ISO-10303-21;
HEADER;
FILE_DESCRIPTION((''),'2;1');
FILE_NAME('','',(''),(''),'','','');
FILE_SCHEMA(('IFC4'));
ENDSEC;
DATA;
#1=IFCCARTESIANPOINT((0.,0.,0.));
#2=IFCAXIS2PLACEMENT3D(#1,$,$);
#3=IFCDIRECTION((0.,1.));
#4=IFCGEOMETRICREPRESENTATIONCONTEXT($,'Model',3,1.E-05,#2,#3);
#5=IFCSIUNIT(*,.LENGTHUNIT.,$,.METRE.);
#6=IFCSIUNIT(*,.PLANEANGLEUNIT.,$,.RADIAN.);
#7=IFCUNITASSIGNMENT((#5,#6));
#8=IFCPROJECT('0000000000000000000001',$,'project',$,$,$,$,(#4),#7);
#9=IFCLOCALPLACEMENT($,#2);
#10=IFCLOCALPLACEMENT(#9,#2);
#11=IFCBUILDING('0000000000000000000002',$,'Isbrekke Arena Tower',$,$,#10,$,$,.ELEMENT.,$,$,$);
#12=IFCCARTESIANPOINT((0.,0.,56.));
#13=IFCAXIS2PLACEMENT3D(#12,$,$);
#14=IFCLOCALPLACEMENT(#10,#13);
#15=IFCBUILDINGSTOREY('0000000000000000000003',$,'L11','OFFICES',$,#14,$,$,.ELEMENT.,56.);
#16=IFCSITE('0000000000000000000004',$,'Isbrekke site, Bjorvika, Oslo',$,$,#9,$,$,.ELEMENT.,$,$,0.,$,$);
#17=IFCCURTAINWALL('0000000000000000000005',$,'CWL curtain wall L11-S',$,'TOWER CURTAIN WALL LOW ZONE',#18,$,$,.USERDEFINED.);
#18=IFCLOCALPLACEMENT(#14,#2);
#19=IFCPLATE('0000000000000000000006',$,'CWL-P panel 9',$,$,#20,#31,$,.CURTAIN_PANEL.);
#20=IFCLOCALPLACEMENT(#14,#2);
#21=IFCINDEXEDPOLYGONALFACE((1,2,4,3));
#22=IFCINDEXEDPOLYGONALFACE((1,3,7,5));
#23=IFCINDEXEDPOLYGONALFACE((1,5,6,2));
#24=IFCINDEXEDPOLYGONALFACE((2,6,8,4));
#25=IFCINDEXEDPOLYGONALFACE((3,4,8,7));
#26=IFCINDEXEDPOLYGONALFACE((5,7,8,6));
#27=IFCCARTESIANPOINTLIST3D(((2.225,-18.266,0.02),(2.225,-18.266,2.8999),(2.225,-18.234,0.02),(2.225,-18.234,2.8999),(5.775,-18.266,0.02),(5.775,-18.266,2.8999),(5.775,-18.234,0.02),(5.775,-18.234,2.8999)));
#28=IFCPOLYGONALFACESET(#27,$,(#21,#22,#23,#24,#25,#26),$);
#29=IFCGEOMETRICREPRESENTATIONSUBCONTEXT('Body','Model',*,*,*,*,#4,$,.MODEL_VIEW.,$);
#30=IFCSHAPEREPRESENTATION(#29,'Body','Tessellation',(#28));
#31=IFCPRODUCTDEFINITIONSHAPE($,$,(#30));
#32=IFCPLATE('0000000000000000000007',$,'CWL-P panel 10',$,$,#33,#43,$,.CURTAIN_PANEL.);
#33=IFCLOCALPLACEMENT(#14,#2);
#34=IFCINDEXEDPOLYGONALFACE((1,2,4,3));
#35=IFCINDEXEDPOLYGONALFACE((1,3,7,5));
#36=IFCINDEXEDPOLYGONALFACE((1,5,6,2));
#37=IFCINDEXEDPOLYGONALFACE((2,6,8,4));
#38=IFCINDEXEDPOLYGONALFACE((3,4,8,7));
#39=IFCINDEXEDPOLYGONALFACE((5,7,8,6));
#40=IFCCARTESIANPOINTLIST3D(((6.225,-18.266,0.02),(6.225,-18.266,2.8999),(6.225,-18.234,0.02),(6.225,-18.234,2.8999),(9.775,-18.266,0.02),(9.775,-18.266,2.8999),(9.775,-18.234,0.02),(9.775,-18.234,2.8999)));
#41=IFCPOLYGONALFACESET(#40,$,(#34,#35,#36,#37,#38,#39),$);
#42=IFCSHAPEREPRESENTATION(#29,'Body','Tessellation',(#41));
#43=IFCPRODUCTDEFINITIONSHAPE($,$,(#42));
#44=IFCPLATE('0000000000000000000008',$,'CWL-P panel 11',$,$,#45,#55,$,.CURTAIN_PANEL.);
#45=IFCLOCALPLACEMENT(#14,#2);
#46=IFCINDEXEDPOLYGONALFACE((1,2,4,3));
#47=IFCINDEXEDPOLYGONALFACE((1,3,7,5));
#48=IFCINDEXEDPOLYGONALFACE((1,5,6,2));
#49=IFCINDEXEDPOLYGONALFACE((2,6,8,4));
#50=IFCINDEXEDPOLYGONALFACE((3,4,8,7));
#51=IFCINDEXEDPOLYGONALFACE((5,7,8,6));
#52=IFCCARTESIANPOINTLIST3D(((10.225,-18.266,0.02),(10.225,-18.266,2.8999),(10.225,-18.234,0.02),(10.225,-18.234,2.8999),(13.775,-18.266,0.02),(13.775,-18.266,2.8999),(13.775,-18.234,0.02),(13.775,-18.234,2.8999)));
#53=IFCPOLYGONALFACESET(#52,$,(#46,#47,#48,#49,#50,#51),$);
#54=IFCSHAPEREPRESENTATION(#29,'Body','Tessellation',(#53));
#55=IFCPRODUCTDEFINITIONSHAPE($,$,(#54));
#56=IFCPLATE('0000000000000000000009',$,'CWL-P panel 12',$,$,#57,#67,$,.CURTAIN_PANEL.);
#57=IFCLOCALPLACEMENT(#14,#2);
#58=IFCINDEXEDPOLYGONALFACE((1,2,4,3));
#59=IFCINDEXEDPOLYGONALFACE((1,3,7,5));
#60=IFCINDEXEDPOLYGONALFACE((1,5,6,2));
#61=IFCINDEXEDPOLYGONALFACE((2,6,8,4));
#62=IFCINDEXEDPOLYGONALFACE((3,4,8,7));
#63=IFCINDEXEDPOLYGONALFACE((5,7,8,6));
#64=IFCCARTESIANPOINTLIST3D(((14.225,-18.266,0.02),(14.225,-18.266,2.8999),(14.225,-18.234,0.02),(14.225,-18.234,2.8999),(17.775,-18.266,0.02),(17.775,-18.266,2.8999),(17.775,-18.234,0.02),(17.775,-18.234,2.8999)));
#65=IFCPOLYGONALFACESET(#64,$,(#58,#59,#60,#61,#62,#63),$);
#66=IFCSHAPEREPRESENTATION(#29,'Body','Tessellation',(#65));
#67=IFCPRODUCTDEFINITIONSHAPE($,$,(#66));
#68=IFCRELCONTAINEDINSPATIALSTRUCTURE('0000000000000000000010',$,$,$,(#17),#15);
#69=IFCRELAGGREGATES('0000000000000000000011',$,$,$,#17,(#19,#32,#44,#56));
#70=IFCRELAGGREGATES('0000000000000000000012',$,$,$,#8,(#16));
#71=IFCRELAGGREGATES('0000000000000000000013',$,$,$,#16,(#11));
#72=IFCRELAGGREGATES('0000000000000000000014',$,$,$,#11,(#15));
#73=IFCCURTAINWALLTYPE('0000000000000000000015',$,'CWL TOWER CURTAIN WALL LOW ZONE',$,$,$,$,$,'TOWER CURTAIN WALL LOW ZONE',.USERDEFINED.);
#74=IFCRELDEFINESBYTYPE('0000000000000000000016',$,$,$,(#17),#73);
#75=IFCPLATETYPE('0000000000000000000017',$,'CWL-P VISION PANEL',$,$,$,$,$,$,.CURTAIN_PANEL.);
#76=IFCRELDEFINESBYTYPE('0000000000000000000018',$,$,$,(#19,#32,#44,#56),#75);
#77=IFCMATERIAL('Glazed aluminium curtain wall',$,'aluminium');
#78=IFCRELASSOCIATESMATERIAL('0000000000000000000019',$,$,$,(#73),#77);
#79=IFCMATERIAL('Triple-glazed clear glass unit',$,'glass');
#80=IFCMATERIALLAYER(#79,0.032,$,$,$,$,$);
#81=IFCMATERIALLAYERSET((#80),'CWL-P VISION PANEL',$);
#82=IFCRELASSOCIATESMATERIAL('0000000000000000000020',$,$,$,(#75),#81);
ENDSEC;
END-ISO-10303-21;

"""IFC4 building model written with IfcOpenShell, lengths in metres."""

from ifc_helpers import new_model, si_unit, direction, frame, origin, origin_2d, place, context, subcontext, project, spatial, rectangle, extrude, material, layer, layer_set, type_object, element, aggregate, save


model = new_model("IFC4")

# Units and contexts
model_context = context("Model", 3, precision=1e-05, world=origin(), true_north=direction((0.0, 1.0)))
body_context = subcontext(model_context, "Body", "Model", "MODEL_VIEW")
ifc_project = project(units=[si_unit("LENGTHUNIT", "METRE"), si_unit("PLANEANGLEUNIT", "RADIAN")], contexts=[model_context])

# Site, building, storey
site_placement = place(None, origin())
site = spatial("IfcSite", under=ifc_project, at=site_placement, Name="Isbrekke site, Bjorvika, Oslo", CompositionType="ELEMENT", RefElevation=0.0)
building_placement = place(site_placement, origin())
building = spatial("IfcBuilding", under=site, at=building_placement, Name="Isbrekke Arena Tower", CompositionType="ELEMENT")
storey_placement = place(building_placement, frame((0.0, 0.0, 56.0)))
storey = spatial("IfcBuildingStorey", under=building, at=storey_placement, Name="L11", Description="OFFICES", CompositionType="ELEMENT", Elevation=56.0)

# Curtain wall
ifc_material_1 = material(Name="Glazed aluminium curtain wall", Category="aluminium")
curtain_wall_type = type_object("IfcCurtainWallType", Name="CWL TOWER CURTAIN WALL LOW ZONE", ElementType="TOWER CURTAIN WALL LOW ZONE", PredefinedType="USERDEFINED", material=ifc_material_1)
curtain_wall_placement = place(storey_placement, origin())
curtain_wall = element("IfcCurtainWall", 1, at=curtain_wall_placement, inside=storey, type_object=curtain_wall_type, Name="CWL curtain wall L11-S", ObjectType="TOWER CURTAIN WALL LOW ZONE", PredefinedType="USERDEFINED")

# Plates
ifc_material_2 = material(Name="Triple-glazed clear glass unit", Category="glass")
ifc_layer = layer(ifc_material_2, 0.032)
ifc_layer_set = layer_set([ifc_layer], Name="CWL-P VISION PANEL")
plate_type = type_object("IfcPlateType", Name="CWL-P VISION PANEL", PredefinedType="CURTAIN_PANEL", material=ifc_layer_set)
plate_1_placement = place(storey_placement, frame((4.0, -18.25, 0.02), z_axis=(0.0, 0.0, 1.0), x_axis=(1.0, 0.0, 0.0)))
plate_1 = element("IfcPlate", 2, at=plate_1_placement, type_object=plate_type, Name="CWL-P panel 9", PredefinedType="CURTAIN_PANEL", context=body_context, shape_type="SweptSolid", body=[
    extrude(rectangle(XDim=3.55, YDim=0.032, at=origin_2d()), origin(), (0.0, 0.0, 1.0), 2.8799),
])
plate_2_placement = place(storey_placement, frame((8.0, -18.25, 0.02), z_axis=(0.0, 0.0, 1.0), x_axis=(1.0, 0.0, 0.0)))
plate_2 = element("IfcPlate", 3, at=plate_2_placement, type_object=plate_type, Name="CWL-P panel 10", PredefinedType="CURTAIN_PANEL", context=body_context, shape_type="SweptSolid", body=[
    extrude(rectangle(XDim=3.55, YDim=0.032, at=origin_2d()), origin(), (0.0, 0.0, 1.0), 2.8799),
])
plate_3_placement = place(storey_placement, frame((12.0, -18.25, 0.02), z_axis=(0.0, 0.0, 1.0), x_axis=(1.0, 0.0, 0.0)))
plate_3 = element("IfcPlate", 4, at=plate_3_placement, type_object=plate_type, Name="CWL-P panel 11", PredefinedType="CURTAIN_PANEL", context=body_context, shape_type="SweptSolid", body=[
    extrude(rectangle(XDim=3.55, YDim=0.032, at=origin_2d()), origin(), (0.0, 0.0, 1.0), 2.8799),
])
plate_4_placement = place(storey_placement, frame((16.0, -18.25, 0.02), z_axis=(0.0, 0.0, 1.0), x_axis=(1.0, 0.0, 0.0)))
plate_4 = element("IfcPlate", 5, at=plate_4_placement, type_object=plate_type, Name="CWL-P panel 12", PredefinedType="CURTAIN_PANEL", context=body_context, shape_type="SweptSolid", body=[
    extrude(rectangle(XDim=3.55, YDim=0.032, at=origin_2d()), origin(), (0.0, 0.0, 1.0), 2.8799),
])
aggregate(curtain_wall, [plate_1, plate_2, plate_3, plate_4])

save(model, "model.ifc")
